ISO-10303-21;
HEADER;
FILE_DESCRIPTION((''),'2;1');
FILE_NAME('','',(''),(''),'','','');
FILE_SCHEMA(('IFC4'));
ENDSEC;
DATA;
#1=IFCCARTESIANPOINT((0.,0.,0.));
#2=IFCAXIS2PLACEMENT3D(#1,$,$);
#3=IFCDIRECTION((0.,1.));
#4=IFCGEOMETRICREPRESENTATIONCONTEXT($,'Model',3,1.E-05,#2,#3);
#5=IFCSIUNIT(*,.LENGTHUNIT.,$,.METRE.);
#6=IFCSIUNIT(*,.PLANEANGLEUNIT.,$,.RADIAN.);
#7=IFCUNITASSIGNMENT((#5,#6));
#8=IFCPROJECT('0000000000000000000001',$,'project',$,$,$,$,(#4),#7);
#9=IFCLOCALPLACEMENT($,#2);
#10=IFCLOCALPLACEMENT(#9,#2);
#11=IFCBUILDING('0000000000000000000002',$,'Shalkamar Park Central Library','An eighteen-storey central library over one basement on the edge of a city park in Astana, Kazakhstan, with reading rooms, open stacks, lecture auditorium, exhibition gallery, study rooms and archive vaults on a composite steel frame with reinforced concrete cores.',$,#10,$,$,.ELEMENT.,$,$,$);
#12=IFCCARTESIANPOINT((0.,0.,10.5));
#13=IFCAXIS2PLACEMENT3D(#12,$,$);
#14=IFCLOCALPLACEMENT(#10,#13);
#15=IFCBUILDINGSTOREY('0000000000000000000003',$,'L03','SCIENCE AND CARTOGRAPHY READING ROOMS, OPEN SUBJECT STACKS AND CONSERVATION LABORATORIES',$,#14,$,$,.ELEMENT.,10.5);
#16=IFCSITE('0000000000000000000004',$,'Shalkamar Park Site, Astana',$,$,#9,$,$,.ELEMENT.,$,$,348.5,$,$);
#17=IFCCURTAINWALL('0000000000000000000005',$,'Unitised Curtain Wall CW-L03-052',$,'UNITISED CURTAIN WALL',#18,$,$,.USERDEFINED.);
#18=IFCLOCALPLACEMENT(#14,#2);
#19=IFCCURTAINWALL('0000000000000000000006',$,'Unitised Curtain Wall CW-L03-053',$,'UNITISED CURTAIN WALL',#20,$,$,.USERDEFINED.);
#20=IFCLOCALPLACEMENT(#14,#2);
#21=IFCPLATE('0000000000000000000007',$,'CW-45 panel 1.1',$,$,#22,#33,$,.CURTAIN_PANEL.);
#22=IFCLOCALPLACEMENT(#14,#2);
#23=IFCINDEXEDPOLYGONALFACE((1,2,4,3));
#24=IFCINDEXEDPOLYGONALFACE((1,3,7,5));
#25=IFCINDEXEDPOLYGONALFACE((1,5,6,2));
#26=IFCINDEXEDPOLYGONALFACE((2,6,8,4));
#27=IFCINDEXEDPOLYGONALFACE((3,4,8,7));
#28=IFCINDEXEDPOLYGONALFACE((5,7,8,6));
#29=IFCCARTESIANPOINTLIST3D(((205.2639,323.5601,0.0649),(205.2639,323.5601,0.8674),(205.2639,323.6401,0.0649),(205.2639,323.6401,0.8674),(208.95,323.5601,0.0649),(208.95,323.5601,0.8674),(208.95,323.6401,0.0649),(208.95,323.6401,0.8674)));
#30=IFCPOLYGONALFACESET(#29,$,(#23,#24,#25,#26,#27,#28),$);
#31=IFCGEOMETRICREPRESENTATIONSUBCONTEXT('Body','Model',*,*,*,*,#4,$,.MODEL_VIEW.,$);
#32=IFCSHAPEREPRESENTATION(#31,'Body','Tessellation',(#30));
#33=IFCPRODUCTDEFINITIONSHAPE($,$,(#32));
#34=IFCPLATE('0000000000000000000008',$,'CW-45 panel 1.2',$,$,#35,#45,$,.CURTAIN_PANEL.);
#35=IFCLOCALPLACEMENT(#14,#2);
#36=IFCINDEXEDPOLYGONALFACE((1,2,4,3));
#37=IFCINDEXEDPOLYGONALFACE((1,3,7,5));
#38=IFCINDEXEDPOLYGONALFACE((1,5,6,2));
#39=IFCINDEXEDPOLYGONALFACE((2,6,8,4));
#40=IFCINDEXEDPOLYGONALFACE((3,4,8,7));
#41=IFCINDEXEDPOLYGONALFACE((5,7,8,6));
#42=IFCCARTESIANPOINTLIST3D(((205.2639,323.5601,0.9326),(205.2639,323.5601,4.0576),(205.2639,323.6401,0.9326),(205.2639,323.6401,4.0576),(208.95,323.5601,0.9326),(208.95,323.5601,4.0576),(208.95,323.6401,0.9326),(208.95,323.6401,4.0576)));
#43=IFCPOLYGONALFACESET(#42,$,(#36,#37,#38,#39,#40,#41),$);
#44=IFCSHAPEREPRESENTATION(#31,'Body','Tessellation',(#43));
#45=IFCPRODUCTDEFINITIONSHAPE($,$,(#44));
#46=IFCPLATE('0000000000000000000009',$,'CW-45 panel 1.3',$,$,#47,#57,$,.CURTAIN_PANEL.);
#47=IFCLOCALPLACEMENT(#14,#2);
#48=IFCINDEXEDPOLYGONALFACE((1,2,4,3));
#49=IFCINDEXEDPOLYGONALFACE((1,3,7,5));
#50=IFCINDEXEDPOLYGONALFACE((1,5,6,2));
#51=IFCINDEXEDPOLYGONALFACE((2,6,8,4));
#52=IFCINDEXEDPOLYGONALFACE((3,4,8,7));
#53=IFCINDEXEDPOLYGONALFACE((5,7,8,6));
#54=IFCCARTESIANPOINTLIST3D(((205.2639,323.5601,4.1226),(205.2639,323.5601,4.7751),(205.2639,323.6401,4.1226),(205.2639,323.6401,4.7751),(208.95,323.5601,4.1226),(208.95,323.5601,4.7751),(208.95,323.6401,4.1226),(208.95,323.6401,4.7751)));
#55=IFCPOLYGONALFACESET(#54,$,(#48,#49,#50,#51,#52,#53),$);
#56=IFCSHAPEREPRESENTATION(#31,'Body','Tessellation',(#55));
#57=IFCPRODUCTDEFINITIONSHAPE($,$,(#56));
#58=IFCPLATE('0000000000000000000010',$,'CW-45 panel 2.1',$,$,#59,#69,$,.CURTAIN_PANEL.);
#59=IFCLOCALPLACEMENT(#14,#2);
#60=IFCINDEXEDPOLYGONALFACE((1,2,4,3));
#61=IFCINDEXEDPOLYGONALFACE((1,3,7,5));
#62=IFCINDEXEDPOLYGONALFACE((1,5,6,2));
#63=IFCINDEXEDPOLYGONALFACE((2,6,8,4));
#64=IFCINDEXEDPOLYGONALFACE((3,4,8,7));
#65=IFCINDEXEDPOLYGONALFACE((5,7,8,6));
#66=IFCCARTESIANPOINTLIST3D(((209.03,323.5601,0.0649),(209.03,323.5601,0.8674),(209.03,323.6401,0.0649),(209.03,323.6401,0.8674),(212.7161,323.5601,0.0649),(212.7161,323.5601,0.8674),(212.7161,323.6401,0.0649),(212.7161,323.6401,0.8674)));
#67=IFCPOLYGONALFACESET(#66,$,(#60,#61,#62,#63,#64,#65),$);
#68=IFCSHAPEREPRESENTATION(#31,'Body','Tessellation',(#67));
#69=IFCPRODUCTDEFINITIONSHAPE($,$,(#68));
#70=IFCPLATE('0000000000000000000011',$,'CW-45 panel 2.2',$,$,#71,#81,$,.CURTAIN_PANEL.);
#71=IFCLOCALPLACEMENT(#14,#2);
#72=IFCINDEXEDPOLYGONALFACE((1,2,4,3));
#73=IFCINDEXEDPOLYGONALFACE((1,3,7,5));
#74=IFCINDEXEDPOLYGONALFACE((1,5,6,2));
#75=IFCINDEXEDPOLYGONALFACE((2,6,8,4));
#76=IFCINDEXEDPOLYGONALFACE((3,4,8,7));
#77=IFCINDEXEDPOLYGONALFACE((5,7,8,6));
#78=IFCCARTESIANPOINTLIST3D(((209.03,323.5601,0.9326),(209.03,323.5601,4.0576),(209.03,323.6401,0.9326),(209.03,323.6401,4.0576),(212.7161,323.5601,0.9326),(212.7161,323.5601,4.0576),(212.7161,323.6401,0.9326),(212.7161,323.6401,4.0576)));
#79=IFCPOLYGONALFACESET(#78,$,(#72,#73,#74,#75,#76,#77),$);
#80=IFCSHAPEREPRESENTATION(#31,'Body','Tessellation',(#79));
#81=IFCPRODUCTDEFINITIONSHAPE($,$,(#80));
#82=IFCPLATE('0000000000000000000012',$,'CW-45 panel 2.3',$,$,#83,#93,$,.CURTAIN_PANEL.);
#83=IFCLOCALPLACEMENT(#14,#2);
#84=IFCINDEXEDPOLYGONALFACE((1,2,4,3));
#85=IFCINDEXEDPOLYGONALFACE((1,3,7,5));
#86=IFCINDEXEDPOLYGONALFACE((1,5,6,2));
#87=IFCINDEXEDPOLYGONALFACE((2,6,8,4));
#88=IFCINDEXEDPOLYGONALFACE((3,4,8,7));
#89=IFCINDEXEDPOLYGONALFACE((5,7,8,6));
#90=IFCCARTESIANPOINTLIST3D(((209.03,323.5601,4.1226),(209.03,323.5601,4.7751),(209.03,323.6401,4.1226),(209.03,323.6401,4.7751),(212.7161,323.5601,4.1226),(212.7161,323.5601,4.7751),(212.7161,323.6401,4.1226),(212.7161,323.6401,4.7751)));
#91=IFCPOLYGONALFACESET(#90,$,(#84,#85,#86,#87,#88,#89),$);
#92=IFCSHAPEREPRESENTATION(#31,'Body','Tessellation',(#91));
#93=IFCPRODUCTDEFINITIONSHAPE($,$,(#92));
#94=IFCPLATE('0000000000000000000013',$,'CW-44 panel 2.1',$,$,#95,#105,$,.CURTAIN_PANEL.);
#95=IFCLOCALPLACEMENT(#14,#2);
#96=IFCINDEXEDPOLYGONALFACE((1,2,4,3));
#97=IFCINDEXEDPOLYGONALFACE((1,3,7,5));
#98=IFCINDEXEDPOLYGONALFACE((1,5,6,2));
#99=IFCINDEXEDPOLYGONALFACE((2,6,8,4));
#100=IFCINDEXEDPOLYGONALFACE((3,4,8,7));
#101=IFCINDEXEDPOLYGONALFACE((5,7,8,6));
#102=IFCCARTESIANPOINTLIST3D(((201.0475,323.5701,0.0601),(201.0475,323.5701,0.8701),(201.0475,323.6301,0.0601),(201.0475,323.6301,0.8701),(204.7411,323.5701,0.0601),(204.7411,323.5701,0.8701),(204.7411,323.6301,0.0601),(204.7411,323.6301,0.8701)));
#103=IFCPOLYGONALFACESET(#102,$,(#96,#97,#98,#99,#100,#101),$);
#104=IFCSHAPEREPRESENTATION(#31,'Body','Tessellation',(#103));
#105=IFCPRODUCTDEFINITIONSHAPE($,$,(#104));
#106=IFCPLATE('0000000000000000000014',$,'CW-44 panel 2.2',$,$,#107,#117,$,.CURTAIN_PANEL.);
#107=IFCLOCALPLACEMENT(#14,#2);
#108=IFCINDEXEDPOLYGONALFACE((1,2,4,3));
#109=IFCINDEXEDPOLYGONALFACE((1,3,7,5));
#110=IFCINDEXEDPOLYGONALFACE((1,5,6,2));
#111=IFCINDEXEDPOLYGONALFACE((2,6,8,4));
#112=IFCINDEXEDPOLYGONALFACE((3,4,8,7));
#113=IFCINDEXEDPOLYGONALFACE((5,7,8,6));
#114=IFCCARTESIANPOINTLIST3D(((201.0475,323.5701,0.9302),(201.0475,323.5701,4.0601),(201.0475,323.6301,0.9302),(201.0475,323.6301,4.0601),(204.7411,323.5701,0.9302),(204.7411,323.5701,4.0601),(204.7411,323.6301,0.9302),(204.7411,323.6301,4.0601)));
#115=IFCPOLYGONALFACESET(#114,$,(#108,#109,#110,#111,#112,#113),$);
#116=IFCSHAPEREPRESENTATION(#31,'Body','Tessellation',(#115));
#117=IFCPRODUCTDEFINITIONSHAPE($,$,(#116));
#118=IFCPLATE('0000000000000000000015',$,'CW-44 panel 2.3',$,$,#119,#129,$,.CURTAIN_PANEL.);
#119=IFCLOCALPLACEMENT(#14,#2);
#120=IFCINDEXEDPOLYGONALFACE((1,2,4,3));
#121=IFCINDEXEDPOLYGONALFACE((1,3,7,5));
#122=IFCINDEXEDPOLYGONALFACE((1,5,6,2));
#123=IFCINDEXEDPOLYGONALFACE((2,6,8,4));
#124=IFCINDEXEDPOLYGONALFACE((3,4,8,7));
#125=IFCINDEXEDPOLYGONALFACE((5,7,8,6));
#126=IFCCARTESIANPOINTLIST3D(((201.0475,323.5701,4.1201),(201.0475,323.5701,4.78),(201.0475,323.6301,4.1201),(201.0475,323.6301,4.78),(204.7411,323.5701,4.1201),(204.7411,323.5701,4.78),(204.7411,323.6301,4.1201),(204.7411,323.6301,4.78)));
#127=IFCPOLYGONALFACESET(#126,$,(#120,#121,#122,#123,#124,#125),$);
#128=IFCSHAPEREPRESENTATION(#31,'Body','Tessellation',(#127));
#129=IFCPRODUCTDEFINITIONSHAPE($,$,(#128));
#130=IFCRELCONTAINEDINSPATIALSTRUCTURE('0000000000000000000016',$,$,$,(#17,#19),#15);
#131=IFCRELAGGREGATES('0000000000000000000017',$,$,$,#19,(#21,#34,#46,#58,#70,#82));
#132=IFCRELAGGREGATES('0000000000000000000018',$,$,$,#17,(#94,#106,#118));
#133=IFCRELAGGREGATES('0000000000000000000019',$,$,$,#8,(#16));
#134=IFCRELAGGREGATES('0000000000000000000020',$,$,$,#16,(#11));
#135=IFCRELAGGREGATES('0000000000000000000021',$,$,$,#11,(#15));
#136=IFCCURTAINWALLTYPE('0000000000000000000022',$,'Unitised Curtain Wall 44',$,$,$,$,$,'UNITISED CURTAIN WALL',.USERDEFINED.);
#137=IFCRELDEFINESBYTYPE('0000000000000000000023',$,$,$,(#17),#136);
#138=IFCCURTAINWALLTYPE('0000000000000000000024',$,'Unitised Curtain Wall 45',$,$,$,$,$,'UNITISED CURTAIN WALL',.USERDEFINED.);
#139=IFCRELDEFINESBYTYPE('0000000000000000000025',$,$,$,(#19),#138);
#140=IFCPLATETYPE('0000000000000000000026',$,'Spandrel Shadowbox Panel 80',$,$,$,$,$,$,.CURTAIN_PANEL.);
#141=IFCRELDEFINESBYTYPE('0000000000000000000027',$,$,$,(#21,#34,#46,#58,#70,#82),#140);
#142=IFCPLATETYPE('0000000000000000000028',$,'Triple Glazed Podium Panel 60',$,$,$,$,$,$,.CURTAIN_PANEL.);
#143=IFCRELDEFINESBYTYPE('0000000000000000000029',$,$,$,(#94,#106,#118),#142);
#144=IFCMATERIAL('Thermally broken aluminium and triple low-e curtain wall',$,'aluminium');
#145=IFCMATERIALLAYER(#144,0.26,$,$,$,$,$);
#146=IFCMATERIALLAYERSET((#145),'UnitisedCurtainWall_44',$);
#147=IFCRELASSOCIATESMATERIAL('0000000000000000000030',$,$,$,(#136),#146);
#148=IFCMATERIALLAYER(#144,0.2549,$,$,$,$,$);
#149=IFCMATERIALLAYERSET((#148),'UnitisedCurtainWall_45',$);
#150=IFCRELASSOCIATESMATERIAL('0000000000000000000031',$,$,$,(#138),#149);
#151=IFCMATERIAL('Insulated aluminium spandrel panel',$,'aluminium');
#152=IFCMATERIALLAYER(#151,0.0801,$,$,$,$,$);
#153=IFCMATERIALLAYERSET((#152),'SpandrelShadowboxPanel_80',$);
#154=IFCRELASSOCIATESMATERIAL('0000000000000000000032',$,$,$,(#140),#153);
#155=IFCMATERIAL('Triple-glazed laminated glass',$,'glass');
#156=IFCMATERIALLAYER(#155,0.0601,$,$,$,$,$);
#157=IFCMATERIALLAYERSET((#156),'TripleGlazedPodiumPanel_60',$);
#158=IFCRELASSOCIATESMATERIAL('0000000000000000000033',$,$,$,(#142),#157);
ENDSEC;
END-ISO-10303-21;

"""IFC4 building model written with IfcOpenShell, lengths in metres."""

from ifc_helpers import new_model, si_unit, direction, frame, origin, origin_2d, place, context, subcontext, project, spatial, rectangle, extrude, material, layer, layer_set, type_object, element, aggregate, save


model = new_model("IFC4")

# Units and contexts
model_context = context("Model", 3, precision=1e-05, world=origin(), true_north=direction((0.0, 1.0)))
body_context = subcontext(model_context, "Body", "Model", "MODEL_VIEW")
ifc_project = project(units=[si_unit("LENGTHUNIT", "METRE"), si_unit("PLANEANGLEUNIT", "RADIAN")], contexts=[model_context])

# Site, building, storey
site_placement = place(None, origin())
site = spatial("IfcSite", under=ifc_project, at=site_placement, Name="Shalkamar Park Site, Astana", CompositionType="ELEMENT", RefElevation=348.5)
building_placement = place(site_placement, origin())
building = spatial("IfcBuilding", under=site, at=building_placement, Name="Shalkamar Park Central Library", Description="An eighteen-storey central library over one basement on the edge of a city park in Astana, Kazakhstan, with reading rooms, open stacks, lecture auditorium, exhibition gallery, study rooms and archive vaults on a composite steel frame with reinforced concrete cores.", CompositionType="ELEMENT")
storey_placement = place(building_placement, frame((0.0, 0.0, 10.5)))
storey = spatial("IfcBuildingStorey", under=building, at=storey_placement, Name="L03", Description="SCIENCE AND CARTOGRAPHY READING ROOMS, OPEN SUBJECT STACKS AND CONSERVATION LABORATORIES", CompositionType="ELEMENT", Elevation=10.5)

# Curtain wall
ifc_material_1 = material(Name="Thermally broken aluminium and triple low-e curtain wall", Category="aluminium")
ifc_layer_1 = layer(ifc_material_1, 0.26)
ifc_layer_set_1 = layer_set([ifc_layer_1], Name="UnitisedCurtainWall_44")
curtain_wall_type_1 = type_object("IfcCurtainWallType", Name="Unitised Curtain Wall 44", ElementType="UNITISED CURTAIN WALL", PredefinedType="USERDEFINED", material=ifc_layer_set_1)
curtain_wall_1_placement = place(storey_placement, origin())
curtain_wall_1 = element("IfcCurtainWall", 1, at=curtain_wall_1_placement, inside=storey, type_object=curtain_wall_type_1, Name="Unitised Curtain Wall CW-L03-052", ObjectType="UNITISED CURTAIN WALL", PredefinedType="USERDEFINED")

# Curtain wall
ifc_layer_2 = layer(ifc_material_1, 0.2549)
ifc_layer_set_2 = layer_set([ifc_layer_2], Name="UnitisedCurtainWall_45")
curtain_wall_type_2 = type_object("IfcCurtainWallType", Name="Unitised Curtain Wall 45", ElementType="UNITISED CURTAIN WALL", PredefinedType="USERDEFINED", material=ifc_layer_set_2)
curtain_wall_2_placement = place(storey_placement, origin())
curtain_wall_2 = element("IfcCurtainWall", 2, at=curtain_wall_2_placement, inside=storey, type_object=curtain_wall_type_2, Name="Unitised Curtain Wall CW-L03-053", ObjectType="UNITISED CURTAIN WALL", PredefinedType="USERDEFINED")

# Plates
ifc_material_2 = material(Name="Insulated aluminium spandrel panel", Category="aluminium")
ifc_layer_3 = layer(ifc_material_2, 0.0801)
ifc_layer_set_3 = layer_set([ifc_layer_3], Name="SpandrelShadowboxPanel_80")
plate_type_1 = type_object("IfcPlateType", Name="Spandrel Shadowbox Panel 80", PredefinedType="CURTAIN_PANEL", material=ifc_layer_set_3)
plate_1_placement = place(storey_placement, frame((207.1069, 323.6001, 0.0649), z_axis=(0.0, 0.0, 1.0), x_axis=(1.0, 0.0, 0.0)))
plate_1 = element("IfcPlate", 3, at=plate_1_placement, type_object=plate_type_1, Name="CW-45 panel 1.1", PredefinedType="CURTAIN_PANEL", context=body_context, shape_type="SweptSolid", body=[
    extrude(rectangle(XDim=3.686, YDim=0.0801, at=origin_2d()), origin(), (0.0, 0.0, 1.0), 0.8025),
])
plate_2_placement = place(storey_placement, frame((207.1069, 323.6001, 0.9326), z_axis=(0.0, 0.0, 1.0), x_axis=(1.0, 0.0, 0.0)))
plate_2 = element("IfcPlate", 4, at=plate_2_placement, type_object=plate_type_1, Name="CW-45 panel 1.2", PredefinedType="CURTAIN_PANEL", context=body_context, shape_type="SweptSolid", body=[
    extrude(rectangle(XDim=3.686, YDim=0.0801, at=origin_2d()), origin(), (0.0, 0.0, 1.0), 3.125),
])
plate_3_placement = place(storey_placement, frame((207.1069, 323.6001, 4.1226), z_axis=(0.0, 0.0, 1.0), x_axis=(1.0, 0.0, 0.0)))
plate_3 = element("IfcPlate", 5, at=plate_3_placement, type_object=plate_type_1, Name="CW-45 panel 1.3", PredefinedType="CURTAIN_PANEL", context=body_context, shape_type="SweptSolid", body=[
    extrude(rectangle(XDim=3.686, YDim=0.0801, at=origin_2d()), origin(), (0.0, 0.0, 1.0), 0.6526),
])
plate_4_placement = place(storey_placement, frame((210.873, 323.6001, 0.0649), z_axis=(0.0, 0.0, 1.0), x_axis=(1.0, 0.0, 0.0)))
plate_4 = element("IfcPlate", 6, at=plate_4_placement, type_object=plate_type_1, Name="CW-45 panel 2.1", PredefinedType="CURTAIN_PANEL", context=body_context, shape_type="SweptSolid", body=[
    extrude(rectangle(XDim=3.686, YDim=0.0801, at=origin_2d()), origin(), (0.0, 0.0, 1.0), 0.8025),
])
plate_5_placement = place(storey_placement, frame((210.873, 323.6001, 0.9326), z_axis=(0.0, 0.0, 1.0), x_axis=(1.0, 0.0, 0.0)))
plate_5 = element("IfcPlate", 7, at=plate_5_placement, type_object=plate_type_1, Name="CW-45 panel 2.2", PredefinedType="CURTAIN_PANEL", context=body_context, shape_type="SweptSolid", body=[
    extrude(rectangle(XDim=3.686, YDim=0.0801, at=origin_2d()), origin(), (0.0, 0.0, 1.0), 3.125),
])
plate_6_placement = place(storey_placement, frame((210.873, 323.6001, 4.1226), z_axis=(0.0, 0.0, 1.0), x_axis=(1.0, 0.0, 0.0)))
plate_6 = element("IfcPlate", 8, at=plate_6_placement, type_object=plate_type_1, Name="CW-45 panel 2.3", PredefinedType="CURTAIN_PANEL", context=body_context, shape_type="SweptSolid", body=[
    extrude(rectangle(XDim=3.686, YDim=0.0801, at=origin_2d()), origin(), (0.0, 0.0, 1.0), 0.6526),
])
aggregate(curtain_wall_2, [plate_1, plate_2, plate_3, plate_4, plate_5, plate_6])
ifc_material_3 = material(Name="Triple-glazed laminated glass", Category="glass")
ifc_layer_4 = layer(ifc_material_3, 0.0601)
ifc_layer_set_4 = layer_set([ifc_layer_4], Name="TripleGlazedPodiumPanel_60")
plate_type_2 = type_object("IfcPlateType", Name="Triple Glazed Podium Panel 60", PredefinedType="CURTAIN_PANEL", material=ifc_layer_set_4)
plate_7_placement = place(storey_placement, frame((202.8943, 323.6001, 0.0601), z_axis=(0.0, 0.0, 1.0), x_axis=(1.0, 0.0, 0.0)))
plate_7 = element("IfcPlate", 9, at=plate_7_placement, type_object=plate_type_2, Name="CW-44 panel 2.1", PredefinedType="CURTAIN_PANEL", context=body_context, shape_type="SweptSolid", body=[
    extrude(rectangle(XDim=3.6936, YDim=0.0601, at=origin_2d()), origin(), (0.0, 0.0, 1.0), 0.8101),
])
plate_8_placement = place(storey_placement, frame((202.8943, 323.6001, 0.9302), z_axis=(0.0, 0.0, 1.0), x_axis=(1.0, 0.0, 0.0)))
plate_8 = element("IfcPlate", 10, at=plate_8_placement, type_object=plate_type_2, Name="CW-44 panel 2.2", PredefinedType="CURTAIN_PANEL", context=body_context, shape_type="SweptSolid", body=[
    extrude(rectangle(XDim=3.6936, YDim=0.0601, at=origin_2d()), origin(), (0.0, 0.0, 1.0), 3.1299),
])
plate_9_placement = place(storey_placement, frame((202.8943, 323.6001, 4.1201), z_axis=(0.0, 0.0, 1.0), x_axis=(1.0, 0.0, 0.0)))
plate_9 = element("IfcPlate", 11, at=plate_9_placement, type_object=plate_type_2, Name="CW-44 panel 2.3", PredefinedType="CURTAIN_PANEL", context=body_context, shape_type="SweptSolid", body=[
    extrude(rectangle(XDim=3.6936, YDim=0.0601, at=origin_2d()), origin(), (0.0, 0.0, 1.0), 0.6599),
])
aggregate(curtain_wall_1, [plate_7, plate_8, plate_9])

save(model, "model.ifc")
